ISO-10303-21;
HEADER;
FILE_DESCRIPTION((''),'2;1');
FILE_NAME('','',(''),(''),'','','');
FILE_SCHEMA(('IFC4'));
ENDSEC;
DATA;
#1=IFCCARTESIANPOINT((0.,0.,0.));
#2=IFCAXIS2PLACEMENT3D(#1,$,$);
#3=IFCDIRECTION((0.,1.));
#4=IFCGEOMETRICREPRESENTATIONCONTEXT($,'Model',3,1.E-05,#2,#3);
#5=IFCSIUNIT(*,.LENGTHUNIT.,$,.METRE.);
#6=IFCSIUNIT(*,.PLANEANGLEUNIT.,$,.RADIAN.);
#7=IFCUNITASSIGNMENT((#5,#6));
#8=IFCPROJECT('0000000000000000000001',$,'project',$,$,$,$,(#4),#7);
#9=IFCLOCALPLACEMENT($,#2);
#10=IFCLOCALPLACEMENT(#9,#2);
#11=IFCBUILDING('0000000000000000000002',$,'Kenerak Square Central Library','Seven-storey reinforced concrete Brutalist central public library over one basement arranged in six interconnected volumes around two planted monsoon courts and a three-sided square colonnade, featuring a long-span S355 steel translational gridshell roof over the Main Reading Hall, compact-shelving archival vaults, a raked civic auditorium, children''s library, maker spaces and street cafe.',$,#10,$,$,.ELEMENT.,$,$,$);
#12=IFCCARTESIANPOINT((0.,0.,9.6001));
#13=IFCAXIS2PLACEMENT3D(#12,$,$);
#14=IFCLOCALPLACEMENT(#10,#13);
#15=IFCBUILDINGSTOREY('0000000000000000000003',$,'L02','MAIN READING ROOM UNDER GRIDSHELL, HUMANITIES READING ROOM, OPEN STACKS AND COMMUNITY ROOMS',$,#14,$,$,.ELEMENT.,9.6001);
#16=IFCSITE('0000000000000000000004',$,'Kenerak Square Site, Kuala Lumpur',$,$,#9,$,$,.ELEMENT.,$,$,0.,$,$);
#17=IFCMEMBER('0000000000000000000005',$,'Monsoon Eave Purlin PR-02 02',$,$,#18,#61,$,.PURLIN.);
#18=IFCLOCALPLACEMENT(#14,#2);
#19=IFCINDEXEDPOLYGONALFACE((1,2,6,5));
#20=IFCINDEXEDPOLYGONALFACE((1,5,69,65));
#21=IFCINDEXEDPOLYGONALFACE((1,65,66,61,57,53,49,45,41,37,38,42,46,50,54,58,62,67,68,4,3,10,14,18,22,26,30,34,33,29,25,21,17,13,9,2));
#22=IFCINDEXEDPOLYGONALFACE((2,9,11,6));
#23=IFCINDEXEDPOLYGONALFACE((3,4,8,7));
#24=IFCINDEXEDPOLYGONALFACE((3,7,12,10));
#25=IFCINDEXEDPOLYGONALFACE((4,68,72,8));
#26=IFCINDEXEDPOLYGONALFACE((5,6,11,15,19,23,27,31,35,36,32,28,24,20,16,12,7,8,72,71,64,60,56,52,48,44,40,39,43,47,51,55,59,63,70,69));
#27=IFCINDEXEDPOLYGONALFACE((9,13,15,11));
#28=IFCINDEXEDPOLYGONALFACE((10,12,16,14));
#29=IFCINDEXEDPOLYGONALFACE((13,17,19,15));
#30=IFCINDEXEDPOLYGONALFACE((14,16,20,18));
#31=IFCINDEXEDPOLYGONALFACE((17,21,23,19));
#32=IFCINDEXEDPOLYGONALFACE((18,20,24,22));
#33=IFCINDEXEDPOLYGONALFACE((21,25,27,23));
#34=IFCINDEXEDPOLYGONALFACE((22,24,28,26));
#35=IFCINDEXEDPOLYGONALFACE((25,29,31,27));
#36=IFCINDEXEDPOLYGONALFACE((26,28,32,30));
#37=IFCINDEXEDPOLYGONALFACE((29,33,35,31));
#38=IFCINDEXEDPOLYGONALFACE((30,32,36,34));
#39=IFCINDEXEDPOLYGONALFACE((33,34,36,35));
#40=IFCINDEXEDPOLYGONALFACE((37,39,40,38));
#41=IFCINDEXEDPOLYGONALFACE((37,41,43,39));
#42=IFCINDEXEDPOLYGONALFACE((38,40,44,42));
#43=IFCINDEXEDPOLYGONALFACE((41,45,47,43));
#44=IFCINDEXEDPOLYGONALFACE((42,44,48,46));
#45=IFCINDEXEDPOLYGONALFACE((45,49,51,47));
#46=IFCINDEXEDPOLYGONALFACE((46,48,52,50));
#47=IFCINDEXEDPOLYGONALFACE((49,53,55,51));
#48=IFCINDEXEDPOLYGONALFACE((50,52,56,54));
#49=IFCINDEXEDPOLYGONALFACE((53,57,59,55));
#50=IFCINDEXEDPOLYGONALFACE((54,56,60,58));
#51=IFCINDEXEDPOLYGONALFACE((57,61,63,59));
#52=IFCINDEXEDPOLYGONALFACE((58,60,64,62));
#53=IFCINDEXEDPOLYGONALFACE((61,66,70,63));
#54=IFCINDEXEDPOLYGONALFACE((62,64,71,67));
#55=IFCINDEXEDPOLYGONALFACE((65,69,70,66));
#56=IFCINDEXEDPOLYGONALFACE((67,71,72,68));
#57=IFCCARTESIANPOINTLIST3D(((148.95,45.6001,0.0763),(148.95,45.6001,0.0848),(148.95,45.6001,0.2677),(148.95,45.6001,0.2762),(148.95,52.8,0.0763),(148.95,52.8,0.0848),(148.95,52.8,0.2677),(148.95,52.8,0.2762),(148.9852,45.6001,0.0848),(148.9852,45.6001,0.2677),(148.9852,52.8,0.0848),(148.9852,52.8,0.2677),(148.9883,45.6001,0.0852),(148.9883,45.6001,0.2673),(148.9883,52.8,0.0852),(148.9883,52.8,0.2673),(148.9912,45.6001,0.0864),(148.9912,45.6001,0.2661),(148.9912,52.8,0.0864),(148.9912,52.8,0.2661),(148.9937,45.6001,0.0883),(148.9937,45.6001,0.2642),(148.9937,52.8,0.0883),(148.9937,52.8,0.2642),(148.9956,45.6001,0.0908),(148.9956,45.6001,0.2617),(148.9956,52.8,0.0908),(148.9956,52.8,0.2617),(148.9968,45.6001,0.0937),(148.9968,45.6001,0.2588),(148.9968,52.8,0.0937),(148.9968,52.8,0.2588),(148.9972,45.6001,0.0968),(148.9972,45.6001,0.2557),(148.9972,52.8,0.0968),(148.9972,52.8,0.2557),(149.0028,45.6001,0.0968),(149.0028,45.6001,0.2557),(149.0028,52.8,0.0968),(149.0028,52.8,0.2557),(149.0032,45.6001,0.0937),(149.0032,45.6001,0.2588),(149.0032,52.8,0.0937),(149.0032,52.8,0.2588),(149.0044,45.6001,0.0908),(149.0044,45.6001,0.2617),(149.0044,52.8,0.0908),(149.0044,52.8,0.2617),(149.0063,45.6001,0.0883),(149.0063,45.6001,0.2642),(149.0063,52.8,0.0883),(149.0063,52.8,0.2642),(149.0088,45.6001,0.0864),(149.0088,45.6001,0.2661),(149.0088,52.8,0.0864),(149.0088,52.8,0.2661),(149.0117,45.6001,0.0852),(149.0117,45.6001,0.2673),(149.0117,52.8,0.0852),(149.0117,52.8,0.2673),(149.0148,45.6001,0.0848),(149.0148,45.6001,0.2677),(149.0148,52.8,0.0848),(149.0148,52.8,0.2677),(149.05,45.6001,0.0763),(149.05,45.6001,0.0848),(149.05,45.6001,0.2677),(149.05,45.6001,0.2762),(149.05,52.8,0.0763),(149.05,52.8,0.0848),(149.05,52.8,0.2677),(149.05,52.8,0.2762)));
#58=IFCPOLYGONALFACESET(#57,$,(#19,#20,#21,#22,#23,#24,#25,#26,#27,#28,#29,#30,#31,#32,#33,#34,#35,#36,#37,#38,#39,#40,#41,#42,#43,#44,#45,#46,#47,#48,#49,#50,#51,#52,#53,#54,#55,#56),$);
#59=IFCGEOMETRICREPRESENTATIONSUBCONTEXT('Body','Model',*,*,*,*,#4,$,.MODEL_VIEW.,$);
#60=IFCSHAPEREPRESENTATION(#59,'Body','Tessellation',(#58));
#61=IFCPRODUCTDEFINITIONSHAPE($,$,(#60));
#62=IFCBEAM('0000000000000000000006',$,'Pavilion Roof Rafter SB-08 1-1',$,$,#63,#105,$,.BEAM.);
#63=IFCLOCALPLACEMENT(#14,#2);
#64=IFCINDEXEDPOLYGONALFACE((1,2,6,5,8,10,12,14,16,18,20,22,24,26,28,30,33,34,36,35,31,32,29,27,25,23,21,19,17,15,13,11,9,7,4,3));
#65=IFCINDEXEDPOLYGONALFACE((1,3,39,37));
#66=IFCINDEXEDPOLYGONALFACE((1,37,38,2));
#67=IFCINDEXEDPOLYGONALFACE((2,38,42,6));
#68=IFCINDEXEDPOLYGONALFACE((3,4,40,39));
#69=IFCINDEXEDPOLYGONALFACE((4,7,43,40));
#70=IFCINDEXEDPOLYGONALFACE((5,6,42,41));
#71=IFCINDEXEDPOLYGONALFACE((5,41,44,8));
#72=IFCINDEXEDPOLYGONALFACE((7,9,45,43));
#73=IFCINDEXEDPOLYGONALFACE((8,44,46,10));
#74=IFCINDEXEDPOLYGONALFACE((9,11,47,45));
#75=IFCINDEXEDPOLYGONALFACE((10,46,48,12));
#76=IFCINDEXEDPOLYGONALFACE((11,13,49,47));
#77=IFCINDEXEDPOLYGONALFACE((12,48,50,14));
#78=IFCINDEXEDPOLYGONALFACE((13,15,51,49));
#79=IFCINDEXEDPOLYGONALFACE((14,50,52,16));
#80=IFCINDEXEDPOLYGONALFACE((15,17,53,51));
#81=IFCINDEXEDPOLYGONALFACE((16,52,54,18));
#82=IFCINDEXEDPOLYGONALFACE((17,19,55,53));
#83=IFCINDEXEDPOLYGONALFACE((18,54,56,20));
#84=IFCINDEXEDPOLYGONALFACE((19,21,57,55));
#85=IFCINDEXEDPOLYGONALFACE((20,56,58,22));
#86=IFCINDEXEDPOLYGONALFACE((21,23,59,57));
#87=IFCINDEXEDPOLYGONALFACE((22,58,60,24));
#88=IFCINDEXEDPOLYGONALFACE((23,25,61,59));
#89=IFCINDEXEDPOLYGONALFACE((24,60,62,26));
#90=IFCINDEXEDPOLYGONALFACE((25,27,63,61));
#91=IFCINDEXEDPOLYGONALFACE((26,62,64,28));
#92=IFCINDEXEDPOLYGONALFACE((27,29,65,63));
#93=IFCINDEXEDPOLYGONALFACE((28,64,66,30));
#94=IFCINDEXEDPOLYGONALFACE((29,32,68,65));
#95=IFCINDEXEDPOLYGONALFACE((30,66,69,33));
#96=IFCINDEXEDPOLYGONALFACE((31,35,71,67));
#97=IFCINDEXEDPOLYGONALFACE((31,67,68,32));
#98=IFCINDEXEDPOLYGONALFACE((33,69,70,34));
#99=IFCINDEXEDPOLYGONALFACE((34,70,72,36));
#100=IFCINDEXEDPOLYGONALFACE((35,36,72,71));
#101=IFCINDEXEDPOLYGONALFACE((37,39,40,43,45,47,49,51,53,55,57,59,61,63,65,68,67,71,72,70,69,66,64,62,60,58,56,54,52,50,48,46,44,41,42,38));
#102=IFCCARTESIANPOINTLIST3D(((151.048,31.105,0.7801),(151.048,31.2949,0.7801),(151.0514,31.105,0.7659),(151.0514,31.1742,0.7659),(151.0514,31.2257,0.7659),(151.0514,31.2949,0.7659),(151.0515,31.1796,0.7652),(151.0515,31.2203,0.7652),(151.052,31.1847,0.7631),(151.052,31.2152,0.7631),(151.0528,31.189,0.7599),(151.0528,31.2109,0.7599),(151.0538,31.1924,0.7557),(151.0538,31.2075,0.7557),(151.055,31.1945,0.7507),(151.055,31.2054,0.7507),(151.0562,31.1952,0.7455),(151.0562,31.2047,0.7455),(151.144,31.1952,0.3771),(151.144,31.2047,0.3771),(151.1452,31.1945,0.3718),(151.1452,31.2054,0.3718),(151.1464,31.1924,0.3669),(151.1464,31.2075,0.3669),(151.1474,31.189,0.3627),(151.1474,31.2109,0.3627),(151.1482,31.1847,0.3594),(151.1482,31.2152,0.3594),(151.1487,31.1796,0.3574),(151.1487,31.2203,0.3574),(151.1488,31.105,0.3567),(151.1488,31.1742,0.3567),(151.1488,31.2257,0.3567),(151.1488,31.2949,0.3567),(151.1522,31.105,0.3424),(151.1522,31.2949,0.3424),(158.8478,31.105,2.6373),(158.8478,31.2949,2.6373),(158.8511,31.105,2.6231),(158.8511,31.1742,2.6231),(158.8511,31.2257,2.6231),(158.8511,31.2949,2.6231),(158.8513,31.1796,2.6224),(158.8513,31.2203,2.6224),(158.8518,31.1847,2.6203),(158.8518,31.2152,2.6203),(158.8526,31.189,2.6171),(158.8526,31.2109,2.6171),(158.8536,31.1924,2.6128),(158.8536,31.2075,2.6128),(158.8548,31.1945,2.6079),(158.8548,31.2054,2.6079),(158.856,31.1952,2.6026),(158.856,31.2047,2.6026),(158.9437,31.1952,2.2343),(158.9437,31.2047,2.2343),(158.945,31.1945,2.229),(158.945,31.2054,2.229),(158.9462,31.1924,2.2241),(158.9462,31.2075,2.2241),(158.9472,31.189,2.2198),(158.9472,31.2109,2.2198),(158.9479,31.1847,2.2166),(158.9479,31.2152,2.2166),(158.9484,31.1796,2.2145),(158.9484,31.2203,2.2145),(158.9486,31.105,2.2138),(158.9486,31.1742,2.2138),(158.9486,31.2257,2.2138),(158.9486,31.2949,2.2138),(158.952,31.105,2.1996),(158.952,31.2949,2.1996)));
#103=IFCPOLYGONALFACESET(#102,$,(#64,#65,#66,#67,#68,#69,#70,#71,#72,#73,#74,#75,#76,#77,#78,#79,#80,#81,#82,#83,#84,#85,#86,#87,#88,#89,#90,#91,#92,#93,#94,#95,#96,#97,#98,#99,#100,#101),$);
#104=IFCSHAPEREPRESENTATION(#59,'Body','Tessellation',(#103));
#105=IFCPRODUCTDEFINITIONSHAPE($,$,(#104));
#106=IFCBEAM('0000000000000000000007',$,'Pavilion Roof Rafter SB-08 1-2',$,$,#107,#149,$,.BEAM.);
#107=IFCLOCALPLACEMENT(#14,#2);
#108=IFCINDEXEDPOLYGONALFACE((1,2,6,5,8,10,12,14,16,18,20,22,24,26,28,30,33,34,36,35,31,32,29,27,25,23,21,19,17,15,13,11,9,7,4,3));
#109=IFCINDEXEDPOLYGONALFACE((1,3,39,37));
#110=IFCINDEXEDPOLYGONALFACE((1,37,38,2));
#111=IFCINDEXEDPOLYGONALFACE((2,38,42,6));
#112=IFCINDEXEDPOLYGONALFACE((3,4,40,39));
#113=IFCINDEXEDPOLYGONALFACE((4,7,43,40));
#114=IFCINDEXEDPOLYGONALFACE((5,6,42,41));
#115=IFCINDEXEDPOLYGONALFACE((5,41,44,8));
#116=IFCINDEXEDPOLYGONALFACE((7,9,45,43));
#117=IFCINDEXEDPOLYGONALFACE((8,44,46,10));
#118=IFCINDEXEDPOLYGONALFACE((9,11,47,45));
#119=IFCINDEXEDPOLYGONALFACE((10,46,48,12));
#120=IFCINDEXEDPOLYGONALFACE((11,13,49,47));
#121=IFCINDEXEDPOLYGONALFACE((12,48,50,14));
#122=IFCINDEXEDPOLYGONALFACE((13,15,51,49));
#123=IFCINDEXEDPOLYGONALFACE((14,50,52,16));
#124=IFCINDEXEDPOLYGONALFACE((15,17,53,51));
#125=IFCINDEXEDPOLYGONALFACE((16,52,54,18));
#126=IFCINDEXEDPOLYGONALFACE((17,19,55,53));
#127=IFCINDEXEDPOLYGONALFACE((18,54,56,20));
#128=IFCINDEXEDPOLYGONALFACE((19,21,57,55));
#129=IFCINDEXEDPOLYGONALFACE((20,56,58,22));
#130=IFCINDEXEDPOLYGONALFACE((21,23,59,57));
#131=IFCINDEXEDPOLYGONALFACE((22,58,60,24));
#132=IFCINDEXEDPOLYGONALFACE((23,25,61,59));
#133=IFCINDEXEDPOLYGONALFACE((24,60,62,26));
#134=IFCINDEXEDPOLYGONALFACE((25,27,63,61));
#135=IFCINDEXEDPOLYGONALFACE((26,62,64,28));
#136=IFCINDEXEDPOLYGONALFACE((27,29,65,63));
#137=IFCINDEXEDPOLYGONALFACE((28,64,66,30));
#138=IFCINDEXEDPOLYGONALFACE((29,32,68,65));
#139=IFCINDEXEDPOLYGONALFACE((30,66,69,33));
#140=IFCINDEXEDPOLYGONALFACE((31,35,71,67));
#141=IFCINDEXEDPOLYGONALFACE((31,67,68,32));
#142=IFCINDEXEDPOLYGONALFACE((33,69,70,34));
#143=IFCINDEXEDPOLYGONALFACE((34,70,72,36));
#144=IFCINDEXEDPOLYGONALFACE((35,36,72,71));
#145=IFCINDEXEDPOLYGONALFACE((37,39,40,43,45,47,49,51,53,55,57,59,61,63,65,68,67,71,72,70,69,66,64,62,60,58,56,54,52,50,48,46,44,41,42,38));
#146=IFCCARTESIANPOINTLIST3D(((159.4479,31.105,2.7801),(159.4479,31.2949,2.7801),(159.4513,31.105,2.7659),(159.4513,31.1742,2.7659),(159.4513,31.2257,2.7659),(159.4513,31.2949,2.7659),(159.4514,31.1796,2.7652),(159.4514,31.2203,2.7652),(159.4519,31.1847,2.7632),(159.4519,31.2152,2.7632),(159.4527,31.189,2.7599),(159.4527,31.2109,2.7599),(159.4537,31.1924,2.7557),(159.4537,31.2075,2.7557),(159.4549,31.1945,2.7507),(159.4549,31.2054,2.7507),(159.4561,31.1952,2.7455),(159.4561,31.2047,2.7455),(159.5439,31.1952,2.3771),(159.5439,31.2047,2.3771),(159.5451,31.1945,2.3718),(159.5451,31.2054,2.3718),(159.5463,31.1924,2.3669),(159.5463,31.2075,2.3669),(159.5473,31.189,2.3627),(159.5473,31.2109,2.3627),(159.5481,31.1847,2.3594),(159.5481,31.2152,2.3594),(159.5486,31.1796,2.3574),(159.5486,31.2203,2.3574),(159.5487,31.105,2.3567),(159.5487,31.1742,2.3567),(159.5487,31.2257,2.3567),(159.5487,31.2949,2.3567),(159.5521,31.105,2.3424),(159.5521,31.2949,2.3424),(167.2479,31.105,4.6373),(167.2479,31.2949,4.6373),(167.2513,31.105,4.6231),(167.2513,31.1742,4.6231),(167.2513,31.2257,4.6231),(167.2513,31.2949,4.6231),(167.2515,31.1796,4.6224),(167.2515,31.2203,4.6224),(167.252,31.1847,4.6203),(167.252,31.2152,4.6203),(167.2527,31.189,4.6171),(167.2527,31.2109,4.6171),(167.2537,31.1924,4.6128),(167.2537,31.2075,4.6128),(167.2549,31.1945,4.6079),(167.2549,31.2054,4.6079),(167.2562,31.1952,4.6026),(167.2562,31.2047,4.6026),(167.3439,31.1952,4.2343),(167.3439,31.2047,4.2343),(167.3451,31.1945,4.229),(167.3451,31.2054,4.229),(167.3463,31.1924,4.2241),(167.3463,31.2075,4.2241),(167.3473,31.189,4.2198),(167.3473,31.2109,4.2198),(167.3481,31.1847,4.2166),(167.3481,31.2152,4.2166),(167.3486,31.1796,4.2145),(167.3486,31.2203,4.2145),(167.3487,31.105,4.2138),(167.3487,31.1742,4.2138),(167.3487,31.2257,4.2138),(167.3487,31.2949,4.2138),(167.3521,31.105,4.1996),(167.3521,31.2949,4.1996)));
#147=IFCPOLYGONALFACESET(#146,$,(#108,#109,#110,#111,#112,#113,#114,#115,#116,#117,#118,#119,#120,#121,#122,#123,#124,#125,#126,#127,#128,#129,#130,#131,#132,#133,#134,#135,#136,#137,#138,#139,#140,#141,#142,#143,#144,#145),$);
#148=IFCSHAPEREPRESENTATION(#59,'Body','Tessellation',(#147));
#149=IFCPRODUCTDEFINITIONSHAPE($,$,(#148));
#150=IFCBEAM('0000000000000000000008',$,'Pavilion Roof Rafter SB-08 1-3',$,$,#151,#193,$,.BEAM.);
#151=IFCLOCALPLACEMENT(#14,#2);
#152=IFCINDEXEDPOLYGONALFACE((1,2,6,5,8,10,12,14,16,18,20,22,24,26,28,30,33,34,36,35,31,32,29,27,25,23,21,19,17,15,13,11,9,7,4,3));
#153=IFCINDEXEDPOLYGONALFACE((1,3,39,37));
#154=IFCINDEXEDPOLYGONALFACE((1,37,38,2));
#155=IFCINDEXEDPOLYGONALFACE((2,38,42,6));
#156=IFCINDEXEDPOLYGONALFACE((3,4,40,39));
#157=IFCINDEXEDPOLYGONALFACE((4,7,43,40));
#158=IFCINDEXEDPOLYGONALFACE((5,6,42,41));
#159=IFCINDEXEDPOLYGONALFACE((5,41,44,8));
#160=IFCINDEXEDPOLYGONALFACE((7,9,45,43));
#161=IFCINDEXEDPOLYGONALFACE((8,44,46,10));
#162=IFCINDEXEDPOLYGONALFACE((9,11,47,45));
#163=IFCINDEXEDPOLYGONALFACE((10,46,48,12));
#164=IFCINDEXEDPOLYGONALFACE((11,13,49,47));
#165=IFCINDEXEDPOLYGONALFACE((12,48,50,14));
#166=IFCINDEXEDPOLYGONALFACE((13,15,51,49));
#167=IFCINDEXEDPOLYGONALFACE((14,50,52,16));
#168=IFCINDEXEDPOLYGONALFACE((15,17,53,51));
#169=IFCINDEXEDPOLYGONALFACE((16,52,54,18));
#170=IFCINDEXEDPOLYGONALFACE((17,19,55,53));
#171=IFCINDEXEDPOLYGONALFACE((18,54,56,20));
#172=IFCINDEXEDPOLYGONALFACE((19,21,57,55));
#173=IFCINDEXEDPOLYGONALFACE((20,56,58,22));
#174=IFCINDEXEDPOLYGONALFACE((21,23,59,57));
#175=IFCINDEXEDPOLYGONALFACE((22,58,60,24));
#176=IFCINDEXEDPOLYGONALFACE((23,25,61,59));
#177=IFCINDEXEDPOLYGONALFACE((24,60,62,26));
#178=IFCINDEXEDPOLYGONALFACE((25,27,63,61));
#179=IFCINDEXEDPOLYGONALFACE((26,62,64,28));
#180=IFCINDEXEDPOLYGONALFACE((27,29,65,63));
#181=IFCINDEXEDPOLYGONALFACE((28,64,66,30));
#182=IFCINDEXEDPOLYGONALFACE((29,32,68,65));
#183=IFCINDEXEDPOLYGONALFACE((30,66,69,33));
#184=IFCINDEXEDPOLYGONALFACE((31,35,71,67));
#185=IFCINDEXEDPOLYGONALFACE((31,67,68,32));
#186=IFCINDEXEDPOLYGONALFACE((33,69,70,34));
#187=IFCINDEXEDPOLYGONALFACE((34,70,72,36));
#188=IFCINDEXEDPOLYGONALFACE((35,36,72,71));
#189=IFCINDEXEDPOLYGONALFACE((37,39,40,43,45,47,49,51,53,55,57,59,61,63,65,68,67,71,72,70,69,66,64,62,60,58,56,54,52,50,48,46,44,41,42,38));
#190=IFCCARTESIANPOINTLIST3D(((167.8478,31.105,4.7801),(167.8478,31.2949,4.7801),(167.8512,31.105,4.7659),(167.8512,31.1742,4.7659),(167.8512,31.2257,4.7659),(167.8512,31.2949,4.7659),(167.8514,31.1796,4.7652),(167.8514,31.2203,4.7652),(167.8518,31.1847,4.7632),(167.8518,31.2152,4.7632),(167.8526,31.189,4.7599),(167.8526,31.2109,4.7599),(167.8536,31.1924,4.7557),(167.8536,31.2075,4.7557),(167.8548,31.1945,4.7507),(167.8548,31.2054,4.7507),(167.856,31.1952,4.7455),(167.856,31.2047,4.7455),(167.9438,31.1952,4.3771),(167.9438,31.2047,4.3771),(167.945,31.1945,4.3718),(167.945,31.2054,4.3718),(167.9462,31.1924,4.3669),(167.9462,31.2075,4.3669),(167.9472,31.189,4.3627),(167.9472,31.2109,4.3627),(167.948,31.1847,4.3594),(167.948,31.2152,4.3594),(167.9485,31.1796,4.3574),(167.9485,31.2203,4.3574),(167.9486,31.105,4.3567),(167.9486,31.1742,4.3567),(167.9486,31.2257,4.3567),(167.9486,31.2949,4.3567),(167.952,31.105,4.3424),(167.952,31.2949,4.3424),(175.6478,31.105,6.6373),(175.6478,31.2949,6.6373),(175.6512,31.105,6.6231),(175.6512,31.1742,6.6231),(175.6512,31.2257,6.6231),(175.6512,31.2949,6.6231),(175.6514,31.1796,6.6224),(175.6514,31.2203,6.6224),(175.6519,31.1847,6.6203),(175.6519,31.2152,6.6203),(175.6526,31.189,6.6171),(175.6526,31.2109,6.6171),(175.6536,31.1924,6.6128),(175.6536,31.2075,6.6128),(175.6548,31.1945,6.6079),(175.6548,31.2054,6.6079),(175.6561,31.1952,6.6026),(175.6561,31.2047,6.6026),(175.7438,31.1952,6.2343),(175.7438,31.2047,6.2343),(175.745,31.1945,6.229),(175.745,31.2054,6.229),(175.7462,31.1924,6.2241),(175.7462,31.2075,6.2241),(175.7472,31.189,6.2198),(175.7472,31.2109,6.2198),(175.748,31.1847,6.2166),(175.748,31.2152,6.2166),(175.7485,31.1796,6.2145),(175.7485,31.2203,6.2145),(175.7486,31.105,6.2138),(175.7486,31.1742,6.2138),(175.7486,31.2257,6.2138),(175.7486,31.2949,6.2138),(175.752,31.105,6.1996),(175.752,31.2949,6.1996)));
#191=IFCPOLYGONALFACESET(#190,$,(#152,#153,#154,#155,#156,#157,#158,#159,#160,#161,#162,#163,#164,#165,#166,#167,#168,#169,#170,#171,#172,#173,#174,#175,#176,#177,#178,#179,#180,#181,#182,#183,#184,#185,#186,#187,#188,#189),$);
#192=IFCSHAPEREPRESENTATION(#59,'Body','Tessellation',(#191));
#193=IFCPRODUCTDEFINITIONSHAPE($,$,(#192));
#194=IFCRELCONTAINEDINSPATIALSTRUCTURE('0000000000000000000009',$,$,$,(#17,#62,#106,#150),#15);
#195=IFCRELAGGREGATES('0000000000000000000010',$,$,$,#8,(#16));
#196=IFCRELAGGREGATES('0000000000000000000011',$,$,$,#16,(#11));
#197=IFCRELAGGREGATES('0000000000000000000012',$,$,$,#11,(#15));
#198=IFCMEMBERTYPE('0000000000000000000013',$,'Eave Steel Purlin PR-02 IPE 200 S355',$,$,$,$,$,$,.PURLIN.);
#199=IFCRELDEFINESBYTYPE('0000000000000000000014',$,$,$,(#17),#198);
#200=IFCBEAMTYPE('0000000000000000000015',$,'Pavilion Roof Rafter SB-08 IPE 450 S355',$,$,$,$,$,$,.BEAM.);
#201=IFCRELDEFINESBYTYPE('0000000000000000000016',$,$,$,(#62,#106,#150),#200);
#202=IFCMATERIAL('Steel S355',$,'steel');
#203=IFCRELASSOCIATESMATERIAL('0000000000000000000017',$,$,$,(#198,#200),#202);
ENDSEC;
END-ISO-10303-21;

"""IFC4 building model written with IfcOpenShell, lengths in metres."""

from ifc_helpers import new_model, si_unit, direction, frame, origin, origin_2d, place, context, subcontext, project, spatial, i_section, extrude, material, material_profile, profile_set, type_object, element, save


model = new_model("IFC4")

# Units and contexts
model_context = context("Model", 3, precision=1e-05, world=origin(), true_north=direction((0.0, 1.0)))
body_context = subcontext(model_context, "Body", "Model", "MODEL_VIEW")
ifc_project = project(units=[si_unit("LENGTHUNIT", "METRE"), si_unit("PLANEANGLEUNIT", "RADIAN")], contexts=[model_context])

# Site, building, storey
site_placement = place(None, origin())
site = spatial("IfcSite", under=ifc_project, at=site_placement, Name="Kenerak Square Site, Kuala Lumpur", CompositionType="ELEMENT", RefElevation=0.0)
building_placement = place(site_placement, origin())
building = spatial("IfcBuilding", under=site, at=building_placement, Name="Kenerak Square Central Library", Description="Seven-storey reinforced concrete Brutalist central public library over one basement arranged in six interconnected volumes around two planted monsoon courts and a three-sided square colonnade, featuring a long-span S355 steel translational gridshell roof over the Main Reading Hall, compact-shelving archival vaults, a raked civic auditorium, children's library, maker spaces and street cafe.", CompositionType="ELEMENT")
storey_placement = place(building_placement, frame((0.0, 0.0, 9.6001)))
storey = spatial("IfcBuildingStorey", under=building, at=storey_placement, Name="L02", Description="MAIN READING ROOM UNDER GRIDSHELL, HUMANITIES READING ROOM, OPEN STACKS AND COMMUNITY ROOMS", CompositionType="ELEMENT", Elevation=9.6001)

# Member
ifc_material_1 = material(Name="Steel S355", Category="steel")
ifc_material_profile_1 = material_profile(ifc_material_1, i_section(OverallWidth=0.1001, OverallDepth=0.2, WebThickness=0.0056, FlangeThickness=0.0085, FilletRadius=0.012, at=origin_2d()), Name="IPE 200")
ifc_profile_set_1 = profile_set([ifc_material_profile_1], Name="Steel S355")
member_type_1 = type_object("IfcMemberType", Name="Eave Steel Purlin PR-02 IPE 200 S355", PredefinedType="PURLIN", material=ifc_profile_set_1)
member_1_placement = place(storey_placement, frame((149.0, 45.6001, 0.1763), z_axis=(0.0, 1.0, 0.0), x_axis=(-1.0, 0.0, 0.0)))
element("IfcMember", 1, at=member_1_placement, inside=storey, type_object=member_type_1, Name="Monsoon Eave Purlin PR-02 02", PredefinedType="PURLIN", context=body_context, shape_type="SweptSolid", body=[
    extrude(i_section(OverallWidth=0.1001, OverallDepth=0.2, WebThickness=0.0056, FlangeThickness=0.0085, FilletRadius=0.012, at=origin_2d()), origin(), (0.0, 0.0, 1.0), 7.2),
])

# Beams
ifc_material_profile_2 = material_profile(ifc_material_1, i_section(OverallWidth=0.1899, OverallDepth=0.45, WebThickness=0.0095, FlangeThickness=0.0146, FilletRadius=0.021, at=origin_2d()), Name="IPE 450")
ifc_profile_set_2 = profile_set([ifc_material_profile_2], Name="Steel S355")
beam_type = type_object("IfcBeamType", Name="Pavilion Roof Rafter SB-08 IPE 450 S355", PredefinedType="BEAM", material=ifc_profile_set_2)
beam_1_placement = place(storey_placement, frame((151.1001, 31.2, 0.5613), z_axis=(0.972804, 0.0, 0.23163), x_axis=(0.0, 1.0, 0.0)))
element("IfcBeam", 2, at=beam_1_placement, inside=storey, type_object=beam_type, Name="Pavilion Roof Rafter SB-08 1-1", PredefinedType="BEAM", context=body_context, shape_type="SweptSolid", body=[
    extrude(i_section(OverallWidth=0.1899, OverallDepth=0.45, WebThickness=0.0095, FlangeThickness=0.0146, FilletRadius=0.021, at=origin_2d()), origin(), (0.0, 0.0, 1.0), 8.0178),
])
for number, where, z_axis, x_axis, name in (
    (3, (159.5, 31.2, 2.5613), (0.972806, 0.0, 0.231623), (0.0, 1.0, 0.0), "Pavilion Roof Rafter SB-08 1-2"),
    (4, (167.8999, 31.2, 4.5613), (0.972806, 0.0, 0.231623), (0.0, 1.0, 0.0), "Pavilion Roof Rafter SB-08 1-3"),
):
    element("IfcBeam", number, at=place(storey_placement, frame(where, z_axis=z_axis, x_axis=x_axis)), inside=storey, type_object=beam_type, Name=name, PredefinedType="BEAM", context=body_context, shape_type="SweptSolid", body=[
        extrude(i_section(OverallWidth=0.1899, OverallDepth=0.45, WebThickness=0.0095, FlangeThickness=0.0146, FilletRadius=0.021, at=origin_2d()), origin(), (0.0, 0.0, 1.0), 8.0181),
    ])

save(model, "model.ifc")
